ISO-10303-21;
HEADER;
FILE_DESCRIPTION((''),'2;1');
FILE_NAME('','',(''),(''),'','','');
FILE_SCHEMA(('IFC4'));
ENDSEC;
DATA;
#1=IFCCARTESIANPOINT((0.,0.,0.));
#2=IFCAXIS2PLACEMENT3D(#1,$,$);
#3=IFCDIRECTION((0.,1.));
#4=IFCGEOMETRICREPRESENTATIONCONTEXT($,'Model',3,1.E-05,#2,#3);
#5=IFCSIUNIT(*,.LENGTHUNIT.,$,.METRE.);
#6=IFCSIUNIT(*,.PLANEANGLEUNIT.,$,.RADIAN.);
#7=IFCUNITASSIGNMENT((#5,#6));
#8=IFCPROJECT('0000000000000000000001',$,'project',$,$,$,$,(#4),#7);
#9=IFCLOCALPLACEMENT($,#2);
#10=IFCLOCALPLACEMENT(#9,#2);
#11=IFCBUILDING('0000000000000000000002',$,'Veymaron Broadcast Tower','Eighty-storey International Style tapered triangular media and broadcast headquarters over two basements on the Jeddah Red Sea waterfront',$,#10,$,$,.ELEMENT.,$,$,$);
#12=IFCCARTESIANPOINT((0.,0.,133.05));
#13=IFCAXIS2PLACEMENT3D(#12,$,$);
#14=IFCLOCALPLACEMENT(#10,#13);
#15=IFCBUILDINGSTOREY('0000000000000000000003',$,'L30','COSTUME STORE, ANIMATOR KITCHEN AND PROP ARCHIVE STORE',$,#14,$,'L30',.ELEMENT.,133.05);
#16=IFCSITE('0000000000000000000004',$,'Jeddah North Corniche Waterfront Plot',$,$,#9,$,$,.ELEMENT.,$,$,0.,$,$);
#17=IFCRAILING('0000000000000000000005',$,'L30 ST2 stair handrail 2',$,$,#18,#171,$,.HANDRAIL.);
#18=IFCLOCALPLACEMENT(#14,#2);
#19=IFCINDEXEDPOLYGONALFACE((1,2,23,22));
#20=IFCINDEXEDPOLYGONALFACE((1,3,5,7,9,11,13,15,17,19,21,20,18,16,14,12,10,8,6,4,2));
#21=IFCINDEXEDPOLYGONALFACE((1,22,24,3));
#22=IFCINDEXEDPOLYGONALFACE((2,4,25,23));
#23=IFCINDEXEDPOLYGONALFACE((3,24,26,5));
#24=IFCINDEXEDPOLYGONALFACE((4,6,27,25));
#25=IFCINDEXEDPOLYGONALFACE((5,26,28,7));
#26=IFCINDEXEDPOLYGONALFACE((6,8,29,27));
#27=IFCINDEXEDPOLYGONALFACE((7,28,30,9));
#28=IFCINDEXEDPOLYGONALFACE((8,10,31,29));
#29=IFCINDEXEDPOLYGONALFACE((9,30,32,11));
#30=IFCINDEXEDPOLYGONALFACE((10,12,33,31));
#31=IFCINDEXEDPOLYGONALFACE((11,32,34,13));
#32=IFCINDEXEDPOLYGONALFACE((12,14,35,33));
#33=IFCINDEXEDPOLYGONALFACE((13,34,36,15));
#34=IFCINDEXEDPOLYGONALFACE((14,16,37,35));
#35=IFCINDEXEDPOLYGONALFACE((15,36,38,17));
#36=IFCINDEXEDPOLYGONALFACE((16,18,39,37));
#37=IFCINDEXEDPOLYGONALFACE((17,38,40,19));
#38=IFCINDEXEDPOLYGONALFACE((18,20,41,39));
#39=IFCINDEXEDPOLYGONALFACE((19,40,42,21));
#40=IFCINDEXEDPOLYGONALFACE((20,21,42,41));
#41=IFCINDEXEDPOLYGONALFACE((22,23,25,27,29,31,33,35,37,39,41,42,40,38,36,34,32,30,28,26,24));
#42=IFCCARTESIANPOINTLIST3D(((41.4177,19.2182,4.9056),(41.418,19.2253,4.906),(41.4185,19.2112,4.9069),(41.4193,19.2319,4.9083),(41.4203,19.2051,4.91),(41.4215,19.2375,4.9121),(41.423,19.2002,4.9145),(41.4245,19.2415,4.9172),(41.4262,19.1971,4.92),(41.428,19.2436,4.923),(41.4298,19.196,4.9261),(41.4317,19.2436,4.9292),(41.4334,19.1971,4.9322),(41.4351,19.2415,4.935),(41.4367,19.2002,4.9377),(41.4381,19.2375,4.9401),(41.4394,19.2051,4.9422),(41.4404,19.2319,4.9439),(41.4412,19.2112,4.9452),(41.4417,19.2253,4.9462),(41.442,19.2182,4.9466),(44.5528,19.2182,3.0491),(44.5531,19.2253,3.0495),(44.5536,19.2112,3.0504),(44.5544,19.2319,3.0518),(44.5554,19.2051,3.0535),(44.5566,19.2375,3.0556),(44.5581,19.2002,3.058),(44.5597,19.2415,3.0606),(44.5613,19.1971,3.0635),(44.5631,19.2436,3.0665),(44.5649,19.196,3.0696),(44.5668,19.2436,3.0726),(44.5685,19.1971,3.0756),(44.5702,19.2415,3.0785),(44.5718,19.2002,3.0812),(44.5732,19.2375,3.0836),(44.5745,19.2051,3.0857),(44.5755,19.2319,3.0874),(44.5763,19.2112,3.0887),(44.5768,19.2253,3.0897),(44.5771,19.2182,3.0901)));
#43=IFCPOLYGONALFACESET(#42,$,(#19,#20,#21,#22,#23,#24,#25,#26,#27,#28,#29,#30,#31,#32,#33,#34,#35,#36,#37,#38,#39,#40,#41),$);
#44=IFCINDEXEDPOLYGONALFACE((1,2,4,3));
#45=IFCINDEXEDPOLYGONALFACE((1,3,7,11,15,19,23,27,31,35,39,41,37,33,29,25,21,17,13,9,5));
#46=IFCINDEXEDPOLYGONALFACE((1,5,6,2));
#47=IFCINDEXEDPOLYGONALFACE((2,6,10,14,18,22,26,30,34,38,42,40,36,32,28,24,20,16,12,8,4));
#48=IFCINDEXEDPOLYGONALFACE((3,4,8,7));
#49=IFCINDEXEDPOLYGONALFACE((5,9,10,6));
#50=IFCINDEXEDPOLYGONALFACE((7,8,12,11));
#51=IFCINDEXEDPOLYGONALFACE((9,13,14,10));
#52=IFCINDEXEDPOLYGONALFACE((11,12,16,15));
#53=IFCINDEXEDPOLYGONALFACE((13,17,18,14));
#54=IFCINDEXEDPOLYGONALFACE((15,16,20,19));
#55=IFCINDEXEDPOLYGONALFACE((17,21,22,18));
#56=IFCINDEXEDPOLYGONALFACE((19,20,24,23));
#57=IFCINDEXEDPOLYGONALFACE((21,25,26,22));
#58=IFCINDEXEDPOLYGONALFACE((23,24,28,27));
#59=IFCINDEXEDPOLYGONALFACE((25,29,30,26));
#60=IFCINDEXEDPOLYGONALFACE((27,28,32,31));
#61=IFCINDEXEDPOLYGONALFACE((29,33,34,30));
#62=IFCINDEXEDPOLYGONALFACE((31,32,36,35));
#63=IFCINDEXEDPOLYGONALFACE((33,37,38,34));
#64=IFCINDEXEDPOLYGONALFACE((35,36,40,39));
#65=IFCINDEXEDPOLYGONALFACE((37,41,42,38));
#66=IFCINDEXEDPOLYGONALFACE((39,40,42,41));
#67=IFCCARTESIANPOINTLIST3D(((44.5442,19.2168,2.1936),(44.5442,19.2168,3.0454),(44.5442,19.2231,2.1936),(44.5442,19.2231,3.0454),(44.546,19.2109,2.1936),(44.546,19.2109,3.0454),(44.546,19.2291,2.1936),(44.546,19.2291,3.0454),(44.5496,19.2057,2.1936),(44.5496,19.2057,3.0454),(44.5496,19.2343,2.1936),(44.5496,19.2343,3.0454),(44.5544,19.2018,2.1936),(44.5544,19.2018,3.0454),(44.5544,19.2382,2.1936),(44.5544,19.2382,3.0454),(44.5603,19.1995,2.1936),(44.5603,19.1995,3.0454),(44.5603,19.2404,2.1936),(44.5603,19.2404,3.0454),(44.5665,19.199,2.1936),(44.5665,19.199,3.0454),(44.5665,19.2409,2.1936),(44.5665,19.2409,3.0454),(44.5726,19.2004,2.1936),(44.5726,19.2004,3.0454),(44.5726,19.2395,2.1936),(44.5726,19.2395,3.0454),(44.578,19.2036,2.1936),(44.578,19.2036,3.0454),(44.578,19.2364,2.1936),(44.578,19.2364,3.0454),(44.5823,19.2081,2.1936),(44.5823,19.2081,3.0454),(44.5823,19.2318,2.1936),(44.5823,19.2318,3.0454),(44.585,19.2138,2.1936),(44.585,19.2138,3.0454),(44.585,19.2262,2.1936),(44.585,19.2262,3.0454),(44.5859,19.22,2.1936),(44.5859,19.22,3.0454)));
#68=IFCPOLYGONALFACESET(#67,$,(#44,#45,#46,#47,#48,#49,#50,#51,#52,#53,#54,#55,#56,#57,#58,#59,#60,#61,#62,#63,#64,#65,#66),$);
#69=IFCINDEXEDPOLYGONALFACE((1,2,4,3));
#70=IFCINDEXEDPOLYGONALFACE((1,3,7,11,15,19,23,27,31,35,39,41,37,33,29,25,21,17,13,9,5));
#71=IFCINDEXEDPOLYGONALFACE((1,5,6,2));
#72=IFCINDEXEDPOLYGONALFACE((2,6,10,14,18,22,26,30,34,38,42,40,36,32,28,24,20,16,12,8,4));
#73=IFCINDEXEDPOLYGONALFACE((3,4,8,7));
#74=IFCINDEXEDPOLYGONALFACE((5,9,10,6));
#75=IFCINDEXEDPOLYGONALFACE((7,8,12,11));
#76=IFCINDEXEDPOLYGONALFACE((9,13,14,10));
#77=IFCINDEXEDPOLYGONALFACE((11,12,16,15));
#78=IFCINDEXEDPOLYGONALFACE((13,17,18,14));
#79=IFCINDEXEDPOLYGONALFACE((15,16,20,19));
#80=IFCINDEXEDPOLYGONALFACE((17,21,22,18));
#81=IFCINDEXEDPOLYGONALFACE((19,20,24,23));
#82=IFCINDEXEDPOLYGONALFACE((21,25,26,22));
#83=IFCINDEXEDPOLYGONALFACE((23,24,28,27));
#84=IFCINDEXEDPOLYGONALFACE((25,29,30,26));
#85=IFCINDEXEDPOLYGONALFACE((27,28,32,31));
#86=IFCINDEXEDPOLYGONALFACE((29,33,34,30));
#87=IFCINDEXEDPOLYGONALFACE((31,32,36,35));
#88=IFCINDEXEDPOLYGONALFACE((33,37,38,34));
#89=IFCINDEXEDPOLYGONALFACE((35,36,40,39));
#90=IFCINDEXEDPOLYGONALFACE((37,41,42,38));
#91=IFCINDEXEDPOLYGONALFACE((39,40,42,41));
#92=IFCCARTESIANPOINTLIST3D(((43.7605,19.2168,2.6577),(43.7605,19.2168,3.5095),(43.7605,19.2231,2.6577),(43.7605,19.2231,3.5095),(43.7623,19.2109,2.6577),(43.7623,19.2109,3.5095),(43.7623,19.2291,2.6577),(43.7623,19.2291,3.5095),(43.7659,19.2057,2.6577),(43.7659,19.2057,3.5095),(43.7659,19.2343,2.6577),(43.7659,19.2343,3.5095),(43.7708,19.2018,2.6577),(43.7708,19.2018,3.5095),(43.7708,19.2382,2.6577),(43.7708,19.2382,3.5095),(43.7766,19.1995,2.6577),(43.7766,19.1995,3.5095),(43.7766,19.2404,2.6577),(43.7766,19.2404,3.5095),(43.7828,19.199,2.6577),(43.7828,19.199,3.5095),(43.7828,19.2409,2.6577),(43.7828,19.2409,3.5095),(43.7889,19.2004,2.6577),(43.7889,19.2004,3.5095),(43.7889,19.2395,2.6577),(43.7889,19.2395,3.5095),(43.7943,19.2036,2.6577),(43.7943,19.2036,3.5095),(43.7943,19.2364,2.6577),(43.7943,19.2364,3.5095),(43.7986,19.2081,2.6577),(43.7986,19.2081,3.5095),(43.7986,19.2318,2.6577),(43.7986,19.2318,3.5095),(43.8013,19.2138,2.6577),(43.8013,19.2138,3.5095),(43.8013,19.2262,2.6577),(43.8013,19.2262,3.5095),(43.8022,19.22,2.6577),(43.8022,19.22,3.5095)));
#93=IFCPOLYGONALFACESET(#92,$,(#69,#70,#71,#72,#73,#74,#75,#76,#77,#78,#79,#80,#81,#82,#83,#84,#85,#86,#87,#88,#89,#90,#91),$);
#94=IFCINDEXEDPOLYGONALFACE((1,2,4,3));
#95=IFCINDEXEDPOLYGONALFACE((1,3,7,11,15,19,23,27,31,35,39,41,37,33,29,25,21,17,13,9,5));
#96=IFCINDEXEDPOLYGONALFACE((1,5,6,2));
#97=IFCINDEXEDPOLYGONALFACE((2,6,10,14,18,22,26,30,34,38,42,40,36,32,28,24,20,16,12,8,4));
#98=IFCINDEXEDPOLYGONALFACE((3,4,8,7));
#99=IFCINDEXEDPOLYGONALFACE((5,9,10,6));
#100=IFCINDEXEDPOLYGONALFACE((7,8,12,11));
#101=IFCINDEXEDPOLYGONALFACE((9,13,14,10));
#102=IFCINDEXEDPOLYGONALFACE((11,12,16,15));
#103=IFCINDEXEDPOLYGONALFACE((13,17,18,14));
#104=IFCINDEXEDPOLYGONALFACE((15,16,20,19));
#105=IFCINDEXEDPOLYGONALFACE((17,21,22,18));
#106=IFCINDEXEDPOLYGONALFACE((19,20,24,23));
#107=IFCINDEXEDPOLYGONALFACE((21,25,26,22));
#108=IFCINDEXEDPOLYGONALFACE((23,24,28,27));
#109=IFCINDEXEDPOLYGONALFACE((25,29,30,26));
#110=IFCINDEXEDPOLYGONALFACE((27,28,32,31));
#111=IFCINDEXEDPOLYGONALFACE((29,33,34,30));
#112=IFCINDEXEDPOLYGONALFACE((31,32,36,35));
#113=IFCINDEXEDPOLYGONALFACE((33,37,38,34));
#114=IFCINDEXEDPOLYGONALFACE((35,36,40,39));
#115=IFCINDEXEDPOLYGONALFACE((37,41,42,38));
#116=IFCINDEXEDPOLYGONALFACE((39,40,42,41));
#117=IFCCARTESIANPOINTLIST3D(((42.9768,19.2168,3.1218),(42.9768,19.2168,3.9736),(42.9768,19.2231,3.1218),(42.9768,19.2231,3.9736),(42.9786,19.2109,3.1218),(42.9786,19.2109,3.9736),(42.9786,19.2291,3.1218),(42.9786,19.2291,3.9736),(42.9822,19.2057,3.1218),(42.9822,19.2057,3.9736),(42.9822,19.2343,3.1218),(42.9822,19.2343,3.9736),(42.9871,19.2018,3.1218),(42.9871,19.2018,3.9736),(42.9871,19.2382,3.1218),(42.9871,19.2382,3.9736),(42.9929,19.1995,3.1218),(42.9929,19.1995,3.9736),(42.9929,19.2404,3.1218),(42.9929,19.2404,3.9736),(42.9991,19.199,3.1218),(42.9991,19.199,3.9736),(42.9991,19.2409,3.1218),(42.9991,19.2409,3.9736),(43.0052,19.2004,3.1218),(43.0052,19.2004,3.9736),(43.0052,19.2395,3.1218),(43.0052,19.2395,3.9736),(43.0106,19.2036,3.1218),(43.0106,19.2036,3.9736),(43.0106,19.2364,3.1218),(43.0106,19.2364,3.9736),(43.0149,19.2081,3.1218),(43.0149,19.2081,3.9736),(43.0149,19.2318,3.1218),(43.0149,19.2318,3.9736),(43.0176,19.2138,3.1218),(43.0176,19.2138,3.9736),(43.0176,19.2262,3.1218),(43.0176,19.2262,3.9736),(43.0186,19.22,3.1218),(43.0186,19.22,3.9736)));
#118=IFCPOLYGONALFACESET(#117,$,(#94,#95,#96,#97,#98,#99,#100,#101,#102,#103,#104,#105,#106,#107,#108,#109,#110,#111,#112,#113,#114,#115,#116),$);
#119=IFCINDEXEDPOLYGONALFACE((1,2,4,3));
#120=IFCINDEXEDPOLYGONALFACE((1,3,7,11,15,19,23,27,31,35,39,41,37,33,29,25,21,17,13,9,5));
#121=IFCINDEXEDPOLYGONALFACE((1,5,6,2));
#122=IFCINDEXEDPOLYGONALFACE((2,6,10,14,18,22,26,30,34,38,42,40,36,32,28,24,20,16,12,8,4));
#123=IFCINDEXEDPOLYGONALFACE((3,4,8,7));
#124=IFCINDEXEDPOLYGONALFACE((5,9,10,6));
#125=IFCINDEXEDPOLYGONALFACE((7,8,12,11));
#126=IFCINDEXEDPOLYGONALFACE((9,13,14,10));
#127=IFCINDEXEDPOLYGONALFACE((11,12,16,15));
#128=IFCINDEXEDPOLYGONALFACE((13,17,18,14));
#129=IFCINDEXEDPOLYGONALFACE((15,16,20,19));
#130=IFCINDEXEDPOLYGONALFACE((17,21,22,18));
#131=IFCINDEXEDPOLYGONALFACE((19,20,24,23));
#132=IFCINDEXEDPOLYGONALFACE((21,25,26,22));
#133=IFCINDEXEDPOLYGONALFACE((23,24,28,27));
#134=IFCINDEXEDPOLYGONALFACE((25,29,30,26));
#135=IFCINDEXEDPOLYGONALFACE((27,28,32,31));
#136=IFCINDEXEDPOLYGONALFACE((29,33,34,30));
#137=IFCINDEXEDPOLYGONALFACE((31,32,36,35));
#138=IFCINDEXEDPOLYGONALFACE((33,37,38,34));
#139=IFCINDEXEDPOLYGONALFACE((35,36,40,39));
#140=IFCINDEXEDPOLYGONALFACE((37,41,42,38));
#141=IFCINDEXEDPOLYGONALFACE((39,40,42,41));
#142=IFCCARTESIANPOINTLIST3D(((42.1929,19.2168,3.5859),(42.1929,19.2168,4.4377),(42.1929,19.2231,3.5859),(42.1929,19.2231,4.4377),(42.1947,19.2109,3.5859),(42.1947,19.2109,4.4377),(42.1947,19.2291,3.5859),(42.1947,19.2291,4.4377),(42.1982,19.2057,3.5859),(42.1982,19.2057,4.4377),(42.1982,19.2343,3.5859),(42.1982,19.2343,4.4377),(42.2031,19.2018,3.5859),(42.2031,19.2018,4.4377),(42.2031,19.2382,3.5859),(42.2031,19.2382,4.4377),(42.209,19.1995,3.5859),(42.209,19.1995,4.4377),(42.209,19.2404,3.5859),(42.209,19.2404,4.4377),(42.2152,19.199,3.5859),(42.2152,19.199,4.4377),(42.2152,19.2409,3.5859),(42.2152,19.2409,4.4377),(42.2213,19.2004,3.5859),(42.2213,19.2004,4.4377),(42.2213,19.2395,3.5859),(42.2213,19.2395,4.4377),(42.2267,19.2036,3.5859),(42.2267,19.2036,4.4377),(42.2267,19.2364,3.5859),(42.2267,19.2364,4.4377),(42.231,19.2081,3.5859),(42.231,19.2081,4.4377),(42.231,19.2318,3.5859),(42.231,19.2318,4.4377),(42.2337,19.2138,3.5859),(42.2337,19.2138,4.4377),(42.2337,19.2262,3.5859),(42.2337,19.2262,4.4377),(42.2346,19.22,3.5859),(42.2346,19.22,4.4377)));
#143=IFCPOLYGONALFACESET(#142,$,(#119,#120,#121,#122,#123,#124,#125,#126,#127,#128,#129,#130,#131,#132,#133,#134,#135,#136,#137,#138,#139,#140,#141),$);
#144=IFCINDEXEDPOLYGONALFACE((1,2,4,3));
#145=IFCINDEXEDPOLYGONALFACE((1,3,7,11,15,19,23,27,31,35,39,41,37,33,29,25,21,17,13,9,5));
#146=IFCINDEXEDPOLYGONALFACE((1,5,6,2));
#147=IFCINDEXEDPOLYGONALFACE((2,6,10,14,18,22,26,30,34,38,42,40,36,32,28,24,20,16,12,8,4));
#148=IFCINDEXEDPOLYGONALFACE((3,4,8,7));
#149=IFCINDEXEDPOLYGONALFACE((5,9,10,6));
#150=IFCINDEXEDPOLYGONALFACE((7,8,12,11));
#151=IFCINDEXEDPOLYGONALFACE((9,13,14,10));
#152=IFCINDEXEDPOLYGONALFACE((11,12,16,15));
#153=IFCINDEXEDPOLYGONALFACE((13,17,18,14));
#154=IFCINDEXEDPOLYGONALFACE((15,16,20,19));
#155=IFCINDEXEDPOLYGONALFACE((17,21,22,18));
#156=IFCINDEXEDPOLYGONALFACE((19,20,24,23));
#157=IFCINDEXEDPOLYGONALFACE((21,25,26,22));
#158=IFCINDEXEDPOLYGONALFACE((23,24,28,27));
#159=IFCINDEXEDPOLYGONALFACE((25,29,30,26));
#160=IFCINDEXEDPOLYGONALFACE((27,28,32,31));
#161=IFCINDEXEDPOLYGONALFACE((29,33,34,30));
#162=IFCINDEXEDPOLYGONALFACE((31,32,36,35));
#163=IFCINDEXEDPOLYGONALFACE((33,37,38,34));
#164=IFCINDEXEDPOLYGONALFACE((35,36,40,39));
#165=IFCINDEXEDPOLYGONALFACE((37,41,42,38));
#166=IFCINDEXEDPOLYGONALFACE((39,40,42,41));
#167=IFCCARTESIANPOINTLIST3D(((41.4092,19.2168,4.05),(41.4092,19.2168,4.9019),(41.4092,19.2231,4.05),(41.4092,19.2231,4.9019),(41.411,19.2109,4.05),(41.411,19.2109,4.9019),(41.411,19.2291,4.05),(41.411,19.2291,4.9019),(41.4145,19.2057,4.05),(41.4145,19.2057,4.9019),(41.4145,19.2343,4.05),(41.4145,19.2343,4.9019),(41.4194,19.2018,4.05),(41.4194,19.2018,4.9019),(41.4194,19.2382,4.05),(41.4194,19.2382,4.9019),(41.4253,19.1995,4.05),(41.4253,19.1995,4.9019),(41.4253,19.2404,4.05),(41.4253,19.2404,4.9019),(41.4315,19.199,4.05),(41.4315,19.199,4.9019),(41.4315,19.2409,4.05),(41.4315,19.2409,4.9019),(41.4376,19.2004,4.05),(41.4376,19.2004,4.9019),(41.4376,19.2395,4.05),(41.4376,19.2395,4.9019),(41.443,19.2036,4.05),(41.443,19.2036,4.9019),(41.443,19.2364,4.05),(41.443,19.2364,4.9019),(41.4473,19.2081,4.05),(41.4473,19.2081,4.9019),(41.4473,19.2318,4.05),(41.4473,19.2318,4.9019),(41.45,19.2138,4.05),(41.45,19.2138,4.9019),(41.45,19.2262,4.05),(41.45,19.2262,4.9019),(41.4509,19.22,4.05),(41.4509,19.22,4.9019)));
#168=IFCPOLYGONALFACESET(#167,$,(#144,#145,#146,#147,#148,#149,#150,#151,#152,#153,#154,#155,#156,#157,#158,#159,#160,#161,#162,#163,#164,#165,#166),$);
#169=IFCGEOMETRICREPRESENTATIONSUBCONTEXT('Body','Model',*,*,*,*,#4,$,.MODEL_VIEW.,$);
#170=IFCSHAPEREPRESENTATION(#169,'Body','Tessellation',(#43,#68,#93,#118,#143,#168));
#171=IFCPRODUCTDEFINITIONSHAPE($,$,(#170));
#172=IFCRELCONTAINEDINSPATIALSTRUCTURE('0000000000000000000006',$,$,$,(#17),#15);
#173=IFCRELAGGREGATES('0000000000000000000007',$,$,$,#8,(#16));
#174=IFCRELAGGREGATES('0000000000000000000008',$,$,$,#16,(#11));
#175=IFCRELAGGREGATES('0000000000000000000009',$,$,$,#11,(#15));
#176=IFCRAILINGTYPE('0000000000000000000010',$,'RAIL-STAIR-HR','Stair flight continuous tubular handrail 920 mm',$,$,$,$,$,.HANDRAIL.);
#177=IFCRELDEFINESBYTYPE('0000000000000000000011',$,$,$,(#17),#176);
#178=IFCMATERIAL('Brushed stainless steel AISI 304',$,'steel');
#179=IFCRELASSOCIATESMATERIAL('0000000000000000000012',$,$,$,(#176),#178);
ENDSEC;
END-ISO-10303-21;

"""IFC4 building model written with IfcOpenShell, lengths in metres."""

from ifc_helpers import new_model, si_unit, direction, frame, origin, origin_2d, place, context, subcontext, project, spatial, circle, extrude, material, type_object, element, save


model = new_model("IFC4")

# Units and contexts
model_context = context("Model", 3, precision=1e-05, world=origin(), true_north=direction((0.0, 1.0)))
body_context = subcontext(model_context, "Body", "Model", "MODEL_VIEW")
ifc_project = project(units=[si_unit("LENGTHUNIT", "METRE"), si_unit("PLANEANGLEUNIT", "RADIAN")], contexts=[model_context])

# Site, building, storey
site_placement = place(None, origin())
site = spatial("IfcSite", under=ifc_project, at=site_placement, Name="Jeddah North Corniche Waterfront Plot", CompositionType="ELEMENT", RefElevation=0.0)
building_placement = place(site_placement, origin())
building = spatial("IfcBuilding", under=site, at=building_placement, Name="Veymaron Broadcast Tower", Description="Eighty-storey International Style tapered triangular media and broadcast headquarters over two basements on the Jeddah Red Sea waterfront", CompositionType="ELEMENT")
storey_placement = place(building_placement, frame((0.0, 0.0, 133.05)))
storey = spatial("IfcBuildingStorey", under=building, at=storey_placement, Name="L30", Description="COSTUME STORE, ANIMATOR KITCHEN AND PROP ARCHIVE STORE", LongName="L30", CompositionType="ELEMENT", Elevation=133.05)

# Railing
ifc_material_1 = material(Name="Brushed stainless steel AISI 304", Category="steel")
railing_type_1 = type_object("IfcRailingType", Name="RAIL-STAIR-HR", Description="Stair flight continuous tubular handrail 920 mm", PredefinedType="HANDRAIL", material=ifc_material_1)
railing_1_placement = place(storey_placement, frame((44.5649, 19.22, 2.1936)))
element("IfcRailing", 1, at=railing_1_placement, inside=storey, type_object=railing_type_1, Name="L30 ST2 stair handrail 2", PredefinedType="HANDRAIL", context=body_context, shape_type="SweptSolid", body=[
    extrude(circle(Radius=0.0239, at=origin_2d()), frame((0.0, 0.0, 0.876), z_axis=(-0.860453, 0.0, 0.509531), x_axis=(0.0, -1.0, 0.0)), (0.0, 0.0, 1.0), 3.6436),
    extrude(circle(Radius=0.021, at=origin_2d()), origin(), (0.0, 0.0, 1.0), 0.8518),
    extrude(circle(Radius=0.021, at=origin_2d()), frame((-0.7837, 0.0, 0.4641)), (0.0, 0.0, 1.0), 0.8518),
    extrude(circle(Radius=0.021, at=origin_2d()), frame((-1.5674, 0.0, 0.9282)), (0.0, 0.0, 1.0), 0.8518),
    extrude(circle(Radius=0.021, at=origin_2d()), frame((-2.3513, 0.0, 1.3923)), (0.0, 0.0, 1.0), 0.8518),
    extrude(circle(Radius=0.021, at=origin_2d()), frame((-3.135, 0.0, 1.8564)), (0.0, 0.0, 1.0), 0.8518),
])

save(model, "model.ifc")
